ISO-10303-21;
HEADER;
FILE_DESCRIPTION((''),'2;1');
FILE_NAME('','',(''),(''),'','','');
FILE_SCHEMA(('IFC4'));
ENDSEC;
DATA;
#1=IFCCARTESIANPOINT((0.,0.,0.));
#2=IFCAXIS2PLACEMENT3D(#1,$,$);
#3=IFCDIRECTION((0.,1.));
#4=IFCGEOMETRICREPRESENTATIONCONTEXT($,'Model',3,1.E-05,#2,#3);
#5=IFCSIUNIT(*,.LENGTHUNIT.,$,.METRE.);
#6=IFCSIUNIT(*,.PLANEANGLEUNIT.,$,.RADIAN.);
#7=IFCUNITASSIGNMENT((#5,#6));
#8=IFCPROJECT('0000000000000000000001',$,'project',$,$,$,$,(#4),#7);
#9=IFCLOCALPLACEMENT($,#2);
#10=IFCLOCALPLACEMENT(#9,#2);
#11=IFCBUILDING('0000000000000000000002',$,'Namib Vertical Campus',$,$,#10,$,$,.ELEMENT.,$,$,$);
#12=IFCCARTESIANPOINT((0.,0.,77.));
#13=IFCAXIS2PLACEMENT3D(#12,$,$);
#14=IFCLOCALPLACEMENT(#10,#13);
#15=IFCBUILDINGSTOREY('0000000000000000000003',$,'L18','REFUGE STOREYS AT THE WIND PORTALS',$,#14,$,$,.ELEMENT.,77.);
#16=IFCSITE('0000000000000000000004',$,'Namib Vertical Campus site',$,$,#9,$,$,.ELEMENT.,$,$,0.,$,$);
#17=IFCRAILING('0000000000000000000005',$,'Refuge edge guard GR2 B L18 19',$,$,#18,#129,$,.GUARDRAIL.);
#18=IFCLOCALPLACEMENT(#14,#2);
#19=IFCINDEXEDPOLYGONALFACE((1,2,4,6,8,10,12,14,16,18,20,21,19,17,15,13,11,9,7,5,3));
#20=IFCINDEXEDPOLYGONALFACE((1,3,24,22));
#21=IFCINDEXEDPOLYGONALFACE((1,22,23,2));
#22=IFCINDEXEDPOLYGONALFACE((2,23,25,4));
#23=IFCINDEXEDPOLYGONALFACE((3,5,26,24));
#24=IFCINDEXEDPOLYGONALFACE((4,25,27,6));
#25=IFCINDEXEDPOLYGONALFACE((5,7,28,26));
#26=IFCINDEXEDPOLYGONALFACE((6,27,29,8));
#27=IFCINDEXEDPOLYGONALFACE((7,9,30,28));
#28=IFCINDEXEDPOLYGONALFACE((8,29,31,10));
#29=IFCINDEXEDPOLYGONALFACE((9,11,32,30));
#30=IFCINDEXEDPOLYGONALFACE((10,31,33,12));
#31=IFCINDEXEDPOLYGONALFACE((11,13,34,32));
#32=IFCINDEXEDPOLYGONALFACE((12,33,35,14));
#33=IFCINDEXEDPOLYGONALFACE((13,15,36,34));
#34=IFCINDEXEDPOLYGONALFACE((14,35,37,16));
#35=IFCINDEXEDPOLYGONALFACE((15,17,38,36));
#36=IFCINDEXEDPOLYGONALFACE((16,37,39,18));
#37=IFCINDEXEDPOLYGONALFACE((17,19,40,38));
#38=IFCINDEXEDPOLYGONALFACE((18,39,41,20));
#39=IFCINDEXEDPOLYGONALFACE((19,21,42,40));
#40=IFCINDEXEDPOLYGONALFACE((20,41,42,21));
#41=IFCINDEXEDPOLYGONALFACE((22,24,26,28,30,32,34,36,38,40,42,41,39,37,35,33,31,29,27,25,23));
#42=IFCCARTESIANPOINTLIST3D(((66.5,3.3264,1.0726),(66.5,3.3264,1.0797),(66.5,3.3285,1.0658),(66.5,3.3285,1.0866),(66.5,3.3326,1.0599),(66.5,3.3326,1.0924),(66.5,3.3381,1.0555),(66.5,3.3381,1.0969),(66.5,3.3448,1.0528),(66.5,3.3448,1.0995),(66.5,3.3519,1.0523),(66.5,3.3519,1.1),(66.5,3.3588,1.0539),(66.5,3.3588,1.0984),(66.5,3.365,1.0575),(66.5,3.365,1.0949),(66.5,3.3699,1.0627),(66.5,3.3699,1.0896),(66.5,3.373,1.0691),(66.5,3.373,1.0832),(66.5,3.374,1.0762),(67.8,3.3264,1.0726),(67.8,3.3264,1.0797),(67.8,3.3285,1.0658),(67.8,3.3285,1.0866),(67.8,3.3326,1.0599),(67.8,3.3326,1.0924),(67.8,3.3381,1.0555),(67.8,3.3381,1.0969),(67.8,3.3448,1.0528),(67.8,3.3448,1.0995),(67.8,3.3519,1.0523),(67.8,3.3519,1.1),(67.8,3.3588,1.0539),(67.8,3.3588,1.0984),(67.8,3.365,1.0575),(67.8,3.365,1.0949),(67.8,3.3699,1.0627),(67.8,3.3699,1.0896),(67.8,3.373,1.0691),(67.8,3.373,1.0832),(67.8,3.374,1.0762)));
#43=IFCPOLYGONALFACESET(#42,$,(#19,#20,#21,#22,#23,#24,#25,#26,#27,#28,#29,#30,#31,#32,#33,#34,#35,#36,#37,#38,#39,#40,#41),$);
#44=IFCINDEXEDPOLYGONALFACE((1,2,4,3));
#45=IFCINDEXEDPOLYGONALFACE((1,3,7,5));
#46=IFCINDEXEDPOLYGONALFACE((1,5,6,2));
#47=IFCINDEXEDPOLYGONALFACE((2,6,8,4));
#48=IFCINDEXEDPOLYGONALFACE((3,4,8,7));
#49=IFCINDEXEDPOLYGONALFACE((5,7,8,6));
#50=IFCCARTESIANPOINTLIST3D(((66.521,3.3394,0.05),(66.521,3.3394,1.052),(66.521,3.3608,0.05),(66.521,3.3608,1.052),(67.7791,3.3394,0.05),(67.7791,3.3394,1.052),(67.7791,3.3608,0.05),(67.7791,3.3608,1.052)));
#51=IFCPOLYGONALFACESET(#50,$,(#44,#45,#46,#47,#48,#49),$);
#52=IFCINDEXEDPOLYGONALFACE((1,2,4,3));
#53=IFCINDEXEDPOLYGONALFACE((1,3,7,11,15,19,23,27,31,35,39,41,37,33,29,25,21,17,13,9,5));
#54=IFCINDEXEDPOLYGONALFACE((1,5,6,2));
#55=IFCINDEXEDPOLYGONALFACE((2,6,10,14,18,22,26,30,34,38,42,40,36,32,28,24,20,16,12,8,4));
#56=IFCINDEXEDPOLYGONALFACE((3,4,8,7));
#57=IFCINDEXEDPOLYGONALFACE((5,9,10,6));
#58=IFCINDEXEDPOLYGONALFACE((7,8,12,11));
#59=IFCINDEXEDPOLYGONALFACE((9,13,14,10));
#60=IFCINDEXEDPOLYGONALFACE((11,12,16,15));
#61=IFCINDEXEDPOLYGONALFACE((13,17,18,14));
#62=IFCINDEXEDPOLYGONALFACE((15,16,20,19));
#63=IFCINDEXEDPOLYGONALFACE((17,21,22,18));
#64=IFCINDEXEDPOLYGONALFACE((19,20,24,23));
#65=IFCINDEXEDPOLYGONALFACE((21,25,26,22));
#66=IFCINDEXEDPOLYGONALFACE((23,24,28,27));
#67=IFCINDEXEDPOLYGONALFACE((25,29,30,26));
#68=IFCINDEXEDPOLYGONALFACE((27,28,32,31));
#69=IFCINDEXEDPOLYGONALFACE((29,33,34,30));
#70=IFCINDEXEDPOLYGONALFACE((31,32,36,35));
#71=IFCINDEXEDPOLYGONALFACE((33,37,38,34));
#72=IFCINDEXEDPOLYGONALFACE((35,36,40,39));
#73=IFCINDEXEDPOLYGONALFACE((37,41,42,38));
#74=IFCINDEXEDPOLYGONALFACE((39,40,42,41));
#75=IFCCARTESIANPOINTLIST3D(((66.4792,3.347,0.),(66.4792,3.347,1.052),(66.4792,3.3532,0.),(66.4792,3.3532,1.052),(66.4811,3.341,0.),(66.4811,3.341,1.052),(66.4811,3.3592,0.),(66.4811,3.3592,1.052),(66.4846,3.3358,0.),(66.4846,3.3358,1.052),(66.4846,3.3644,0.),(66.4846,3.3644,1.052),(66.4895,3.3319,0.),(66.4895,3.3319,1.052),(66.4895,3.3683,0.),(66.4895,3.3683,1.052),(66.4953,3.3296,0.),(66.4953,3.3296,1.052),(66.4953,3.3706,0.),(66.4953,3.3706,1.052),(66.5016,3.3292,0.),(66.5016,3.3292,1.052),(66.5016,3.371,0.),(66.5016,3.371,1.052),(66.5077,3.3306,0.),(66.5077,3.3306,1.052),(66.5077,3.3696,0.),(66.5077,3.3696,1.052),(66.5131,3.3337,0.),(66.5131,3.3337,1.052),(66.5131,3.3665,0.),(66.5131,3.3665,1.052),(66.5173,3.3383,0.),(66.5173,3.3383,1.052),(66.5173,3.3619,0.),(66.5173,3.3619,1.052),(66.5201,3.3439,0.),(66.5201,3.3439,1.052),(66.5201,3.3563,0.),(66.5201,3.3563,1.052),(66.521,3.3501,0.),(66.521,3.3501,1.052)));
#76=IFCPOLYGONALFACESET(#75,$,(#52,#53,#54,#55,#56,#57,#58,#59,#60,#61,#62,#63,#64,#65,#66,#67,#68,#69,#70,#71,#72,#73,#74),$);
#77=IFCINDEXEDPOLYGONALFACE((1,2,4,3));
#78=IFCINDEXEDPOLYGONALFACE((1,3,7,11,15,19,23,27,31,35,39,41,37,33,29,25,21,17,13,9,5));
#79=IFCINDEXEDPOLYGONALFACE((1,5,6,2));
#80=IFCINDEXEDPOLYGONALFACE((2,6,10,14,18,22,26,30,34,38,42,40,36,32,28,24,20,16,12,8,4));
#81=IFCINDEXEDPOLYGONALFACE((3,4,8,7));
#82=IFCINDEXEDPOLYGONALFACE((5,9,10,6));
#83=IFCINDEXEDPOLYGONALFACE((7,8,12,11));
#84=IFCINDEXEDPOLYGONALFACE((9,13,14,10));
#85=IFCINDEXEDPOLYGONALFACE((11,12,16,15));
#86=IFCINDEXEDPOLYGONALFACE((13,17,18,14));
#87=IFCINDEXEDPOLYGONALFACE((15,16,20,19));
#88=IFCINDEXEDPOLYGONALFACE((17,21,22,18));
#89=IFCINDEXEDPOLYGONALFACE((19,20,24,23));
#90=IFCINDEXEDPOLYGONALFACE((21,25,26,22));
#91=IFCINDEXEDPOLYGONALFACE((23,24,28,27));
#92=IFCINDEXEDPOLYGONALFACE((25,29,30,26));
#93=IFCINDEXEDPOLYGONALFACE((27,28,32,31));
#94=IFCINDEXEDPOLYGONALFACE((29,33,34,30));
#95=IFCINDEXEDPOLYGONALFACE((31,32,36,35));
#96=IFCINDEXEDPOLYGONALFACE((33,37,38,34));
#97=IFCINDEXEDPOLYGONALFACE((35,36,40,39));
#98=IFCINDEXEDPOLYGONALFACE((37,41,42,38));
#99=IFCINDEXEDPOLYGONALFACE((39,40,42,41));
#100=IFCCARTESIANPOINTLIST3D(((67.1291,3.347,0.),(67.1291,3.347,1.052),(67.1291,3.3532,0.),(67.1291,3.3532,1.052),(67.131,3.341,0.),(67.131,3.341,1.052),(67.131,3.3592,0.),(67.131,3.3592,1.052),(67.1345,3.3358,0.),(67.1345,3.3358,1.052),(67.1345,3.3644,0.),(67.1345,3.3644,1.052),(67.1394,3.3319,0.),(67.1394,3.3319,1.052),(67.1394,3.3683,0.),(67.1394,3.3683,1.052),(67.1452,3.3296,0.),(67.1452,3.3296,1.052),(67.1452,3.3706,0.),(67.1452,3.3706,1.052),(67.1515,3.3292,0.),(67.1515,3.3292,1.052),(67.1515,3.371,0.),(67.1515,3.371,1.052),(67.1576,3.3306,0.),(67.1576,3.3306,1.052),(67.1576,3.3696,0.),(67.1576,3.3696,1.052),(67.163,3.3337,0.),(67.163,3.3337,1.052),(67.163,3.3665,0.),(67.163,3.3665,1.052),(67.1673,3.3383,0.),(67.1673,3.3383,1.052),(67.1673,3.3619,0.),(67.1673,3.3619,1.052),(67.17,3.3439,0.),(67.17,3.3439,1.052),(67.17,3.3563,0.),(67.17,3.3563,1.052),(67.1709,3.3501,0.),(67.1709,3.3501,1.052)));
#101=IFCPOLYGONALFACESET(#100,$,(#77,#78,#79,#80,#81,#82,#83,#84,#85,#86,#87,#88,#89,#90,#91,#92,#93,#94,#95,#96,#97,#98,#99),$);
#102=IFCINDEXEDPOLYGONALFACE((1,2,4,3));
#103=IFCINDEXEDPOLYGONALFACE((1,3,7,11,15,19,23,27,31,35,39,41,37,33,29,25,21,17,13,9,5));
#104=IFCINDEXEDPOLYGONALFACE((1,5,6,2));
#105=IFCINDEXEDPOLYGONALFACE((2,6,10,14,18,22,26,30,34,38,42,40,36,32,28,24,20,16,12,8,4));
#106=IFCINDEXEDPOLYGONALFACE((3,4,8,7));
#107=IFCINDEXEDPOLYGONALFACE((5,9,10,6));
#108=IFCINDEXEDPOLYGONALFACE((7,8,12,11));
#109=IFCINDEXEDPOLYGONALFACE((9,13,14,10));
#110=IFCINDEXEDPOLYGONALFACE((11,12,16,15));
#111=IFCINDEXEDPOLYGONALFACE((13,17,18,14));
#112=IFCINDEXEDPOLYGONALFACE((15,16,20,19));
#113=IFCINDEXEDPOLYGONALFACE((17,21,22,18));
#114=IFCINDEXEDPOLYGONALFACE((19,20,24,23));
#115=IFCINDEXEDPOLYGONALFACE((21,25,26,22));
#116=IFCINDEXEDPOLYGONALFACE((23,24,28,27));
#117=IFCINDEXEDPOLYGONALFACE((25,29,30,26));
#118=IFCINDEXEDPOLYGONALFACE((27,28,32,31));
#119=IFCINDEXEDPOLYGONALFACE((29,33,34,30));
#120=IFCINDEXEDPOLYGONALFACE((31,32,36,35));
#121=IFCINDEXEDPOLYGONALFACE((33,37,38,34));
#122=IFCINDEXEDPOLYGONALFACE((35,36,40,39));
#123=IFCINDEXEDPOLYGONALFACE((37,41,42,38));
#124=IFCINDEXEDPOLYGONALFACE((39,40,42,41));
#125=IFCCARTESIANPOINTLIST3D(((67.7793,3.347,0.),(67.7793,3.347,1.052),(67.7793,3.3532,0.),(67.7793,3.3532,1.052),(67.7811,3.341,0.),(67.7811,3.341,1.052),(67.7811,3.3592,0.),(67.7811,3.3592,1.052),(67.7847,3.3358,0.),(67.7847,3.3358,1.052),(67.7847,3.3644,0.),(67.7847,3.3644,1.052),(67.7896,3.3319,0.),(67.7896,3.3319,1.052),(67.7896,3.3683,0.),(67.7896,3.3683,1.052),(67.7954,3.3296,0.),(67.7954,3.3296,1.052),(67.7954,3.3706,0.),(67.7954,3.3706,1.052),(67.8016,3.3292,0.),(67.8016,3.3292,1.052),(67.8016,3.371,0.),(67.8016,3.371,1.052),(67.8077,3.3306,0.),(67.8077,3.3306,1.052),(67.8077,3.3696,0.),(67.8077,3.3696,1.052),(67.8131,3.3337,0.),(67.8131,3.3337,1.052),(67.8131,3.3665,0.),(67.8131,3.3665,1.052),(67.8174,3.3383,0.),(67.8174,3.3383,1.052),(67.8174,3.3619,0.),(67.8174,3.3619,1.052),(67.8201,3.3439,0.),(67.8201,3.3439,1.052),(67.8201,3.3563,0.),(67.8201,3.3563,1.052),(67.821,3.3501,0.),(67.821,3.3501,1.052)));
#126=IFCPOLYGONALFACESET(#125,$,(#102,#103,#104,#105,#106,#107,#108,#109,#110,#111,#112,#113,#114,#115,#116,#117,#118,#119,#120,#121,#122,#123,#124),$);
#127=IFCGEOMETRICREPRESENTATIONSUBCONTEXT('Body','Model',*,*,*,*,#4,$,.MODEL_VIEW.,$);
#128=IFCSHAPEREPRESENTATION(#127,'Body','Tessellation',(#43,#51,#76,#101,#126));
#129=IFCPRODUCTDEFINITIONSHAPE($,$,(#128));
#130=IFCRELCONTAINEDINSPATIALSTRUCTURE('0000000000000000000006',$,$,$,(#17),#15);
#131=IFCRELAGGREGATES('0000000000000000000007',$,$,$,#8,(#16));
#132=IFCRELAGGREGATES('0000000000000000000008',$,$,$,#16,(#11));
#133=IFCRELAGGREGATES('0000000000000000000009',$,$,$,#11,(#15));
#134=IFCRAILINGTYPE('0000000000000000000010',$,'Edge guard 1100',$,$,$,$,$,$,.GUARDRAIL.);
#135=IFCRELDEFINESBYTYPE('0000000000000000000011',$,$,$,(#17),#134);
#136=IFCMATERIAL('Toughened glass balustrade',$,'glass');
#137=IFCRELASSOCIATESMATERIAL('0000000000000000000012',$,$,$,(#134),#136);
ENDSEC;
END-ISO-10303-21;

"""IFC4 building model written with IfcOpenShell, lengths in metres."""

from ifc_helpers import new_model, si_unit, direction, frame, origin, origin_2d, place, context, subcontext, project, spatial, polyline, circle, outline, extrude, material, type_object, element, save


model = new_model("IFC4")

# Units and contexts
model_context = context("Model", 3, precision=1e-05, world=origin(), true_north=direction((0.0, 1.0)))
body_context = subcontext(model_context, "Body", "Model", "MODEL_VIEW")
ifc_project = project(units=[si_unit("LENGTHUNIT", "METRE"), si_unit("PLANEANGLEUNIT", "RADIAN")], contexts=[model_context])

# Site, building, storey
site_placement = place(None, origin())
site = spatial("IfcSite", under=ifc_project, at=site_placement, Name="Namib Vertical Campus site", CompositionType="ELEMENT", RefElevation=0.0)
building_placement = place(site_placement, origin())
building = spatial("IfcBuilding", under=site, at=building_placement, Name="Namib Vertical Campus", CompositionType="ELEMENT")
storey_placement = place(building_placement, frame((0.0, 0.0, 77.0)))
storey = spatial("IfcBuildingStorey", under=building, at=storey_placement, Name="L18", Description="REFUGE STOREYS AT THE WIND PORTALS", CompositionType="ELEMENT", Elevation=77.0)

# Railing
ifc_material_1 = material(Name="Toughened glass balustrade", Category="glass")
railing_type = type_object("IfcRailingType", Name="Edge guard 1100", PredefinedType="GUARDRAIL", material=ifc_material_1)
railing_1_placement = place(storey_placement, frame((66.5, 3.3501, 0.0)))
element("IfcRailing", 1, at=railing_1_placement, inside=storey, type_object=railing_type, Name="Refuge edge guard GR2 B L18 19", PredefinedType="GUARDRAIL", context=body_context, shape_type="SweptSolid", body=[
    extrude(circle(Radius=0.0239, at=origin_2d()), frame((0.0, 0.0, 1.0762), z_axis=(1.0, 0.0, 0.0), x_axis=(0.0, 1.0, 0.0)), (0.0, 0.0, 1.0), 1.3),
    extrude(outline(polyline([(0.021, 0.05), (1.2791, 0.05), (1.2791, 1.052), (0.021, 1.052), (0.021, 0.05)])), frame((0.0, 0.0107, 0.0), z_axis=(0.0, -1.0, 0.0), x_axis=(1.0, 0.0, 0.0)), (0.0, 0.0, 1.0), 0.0215),
    extrude(circle(Radius=0.021, at=origin_2d()), origin(), (0.0, 0.0, 1.0), 1.052),
    extrude(circle(Radius=0.021, at=origin_2d()), frame((0.6499, 0.0, 0.0)), (0.0, 0.0, 1.0), 1.052),
    extrude(circle(Radius=0.021, at=origin_2d()), frame((1.3, 0.0, 0.0)), (0.0, 0.0, 1.0), 1.052),
])

save(model, "model.ifc")
